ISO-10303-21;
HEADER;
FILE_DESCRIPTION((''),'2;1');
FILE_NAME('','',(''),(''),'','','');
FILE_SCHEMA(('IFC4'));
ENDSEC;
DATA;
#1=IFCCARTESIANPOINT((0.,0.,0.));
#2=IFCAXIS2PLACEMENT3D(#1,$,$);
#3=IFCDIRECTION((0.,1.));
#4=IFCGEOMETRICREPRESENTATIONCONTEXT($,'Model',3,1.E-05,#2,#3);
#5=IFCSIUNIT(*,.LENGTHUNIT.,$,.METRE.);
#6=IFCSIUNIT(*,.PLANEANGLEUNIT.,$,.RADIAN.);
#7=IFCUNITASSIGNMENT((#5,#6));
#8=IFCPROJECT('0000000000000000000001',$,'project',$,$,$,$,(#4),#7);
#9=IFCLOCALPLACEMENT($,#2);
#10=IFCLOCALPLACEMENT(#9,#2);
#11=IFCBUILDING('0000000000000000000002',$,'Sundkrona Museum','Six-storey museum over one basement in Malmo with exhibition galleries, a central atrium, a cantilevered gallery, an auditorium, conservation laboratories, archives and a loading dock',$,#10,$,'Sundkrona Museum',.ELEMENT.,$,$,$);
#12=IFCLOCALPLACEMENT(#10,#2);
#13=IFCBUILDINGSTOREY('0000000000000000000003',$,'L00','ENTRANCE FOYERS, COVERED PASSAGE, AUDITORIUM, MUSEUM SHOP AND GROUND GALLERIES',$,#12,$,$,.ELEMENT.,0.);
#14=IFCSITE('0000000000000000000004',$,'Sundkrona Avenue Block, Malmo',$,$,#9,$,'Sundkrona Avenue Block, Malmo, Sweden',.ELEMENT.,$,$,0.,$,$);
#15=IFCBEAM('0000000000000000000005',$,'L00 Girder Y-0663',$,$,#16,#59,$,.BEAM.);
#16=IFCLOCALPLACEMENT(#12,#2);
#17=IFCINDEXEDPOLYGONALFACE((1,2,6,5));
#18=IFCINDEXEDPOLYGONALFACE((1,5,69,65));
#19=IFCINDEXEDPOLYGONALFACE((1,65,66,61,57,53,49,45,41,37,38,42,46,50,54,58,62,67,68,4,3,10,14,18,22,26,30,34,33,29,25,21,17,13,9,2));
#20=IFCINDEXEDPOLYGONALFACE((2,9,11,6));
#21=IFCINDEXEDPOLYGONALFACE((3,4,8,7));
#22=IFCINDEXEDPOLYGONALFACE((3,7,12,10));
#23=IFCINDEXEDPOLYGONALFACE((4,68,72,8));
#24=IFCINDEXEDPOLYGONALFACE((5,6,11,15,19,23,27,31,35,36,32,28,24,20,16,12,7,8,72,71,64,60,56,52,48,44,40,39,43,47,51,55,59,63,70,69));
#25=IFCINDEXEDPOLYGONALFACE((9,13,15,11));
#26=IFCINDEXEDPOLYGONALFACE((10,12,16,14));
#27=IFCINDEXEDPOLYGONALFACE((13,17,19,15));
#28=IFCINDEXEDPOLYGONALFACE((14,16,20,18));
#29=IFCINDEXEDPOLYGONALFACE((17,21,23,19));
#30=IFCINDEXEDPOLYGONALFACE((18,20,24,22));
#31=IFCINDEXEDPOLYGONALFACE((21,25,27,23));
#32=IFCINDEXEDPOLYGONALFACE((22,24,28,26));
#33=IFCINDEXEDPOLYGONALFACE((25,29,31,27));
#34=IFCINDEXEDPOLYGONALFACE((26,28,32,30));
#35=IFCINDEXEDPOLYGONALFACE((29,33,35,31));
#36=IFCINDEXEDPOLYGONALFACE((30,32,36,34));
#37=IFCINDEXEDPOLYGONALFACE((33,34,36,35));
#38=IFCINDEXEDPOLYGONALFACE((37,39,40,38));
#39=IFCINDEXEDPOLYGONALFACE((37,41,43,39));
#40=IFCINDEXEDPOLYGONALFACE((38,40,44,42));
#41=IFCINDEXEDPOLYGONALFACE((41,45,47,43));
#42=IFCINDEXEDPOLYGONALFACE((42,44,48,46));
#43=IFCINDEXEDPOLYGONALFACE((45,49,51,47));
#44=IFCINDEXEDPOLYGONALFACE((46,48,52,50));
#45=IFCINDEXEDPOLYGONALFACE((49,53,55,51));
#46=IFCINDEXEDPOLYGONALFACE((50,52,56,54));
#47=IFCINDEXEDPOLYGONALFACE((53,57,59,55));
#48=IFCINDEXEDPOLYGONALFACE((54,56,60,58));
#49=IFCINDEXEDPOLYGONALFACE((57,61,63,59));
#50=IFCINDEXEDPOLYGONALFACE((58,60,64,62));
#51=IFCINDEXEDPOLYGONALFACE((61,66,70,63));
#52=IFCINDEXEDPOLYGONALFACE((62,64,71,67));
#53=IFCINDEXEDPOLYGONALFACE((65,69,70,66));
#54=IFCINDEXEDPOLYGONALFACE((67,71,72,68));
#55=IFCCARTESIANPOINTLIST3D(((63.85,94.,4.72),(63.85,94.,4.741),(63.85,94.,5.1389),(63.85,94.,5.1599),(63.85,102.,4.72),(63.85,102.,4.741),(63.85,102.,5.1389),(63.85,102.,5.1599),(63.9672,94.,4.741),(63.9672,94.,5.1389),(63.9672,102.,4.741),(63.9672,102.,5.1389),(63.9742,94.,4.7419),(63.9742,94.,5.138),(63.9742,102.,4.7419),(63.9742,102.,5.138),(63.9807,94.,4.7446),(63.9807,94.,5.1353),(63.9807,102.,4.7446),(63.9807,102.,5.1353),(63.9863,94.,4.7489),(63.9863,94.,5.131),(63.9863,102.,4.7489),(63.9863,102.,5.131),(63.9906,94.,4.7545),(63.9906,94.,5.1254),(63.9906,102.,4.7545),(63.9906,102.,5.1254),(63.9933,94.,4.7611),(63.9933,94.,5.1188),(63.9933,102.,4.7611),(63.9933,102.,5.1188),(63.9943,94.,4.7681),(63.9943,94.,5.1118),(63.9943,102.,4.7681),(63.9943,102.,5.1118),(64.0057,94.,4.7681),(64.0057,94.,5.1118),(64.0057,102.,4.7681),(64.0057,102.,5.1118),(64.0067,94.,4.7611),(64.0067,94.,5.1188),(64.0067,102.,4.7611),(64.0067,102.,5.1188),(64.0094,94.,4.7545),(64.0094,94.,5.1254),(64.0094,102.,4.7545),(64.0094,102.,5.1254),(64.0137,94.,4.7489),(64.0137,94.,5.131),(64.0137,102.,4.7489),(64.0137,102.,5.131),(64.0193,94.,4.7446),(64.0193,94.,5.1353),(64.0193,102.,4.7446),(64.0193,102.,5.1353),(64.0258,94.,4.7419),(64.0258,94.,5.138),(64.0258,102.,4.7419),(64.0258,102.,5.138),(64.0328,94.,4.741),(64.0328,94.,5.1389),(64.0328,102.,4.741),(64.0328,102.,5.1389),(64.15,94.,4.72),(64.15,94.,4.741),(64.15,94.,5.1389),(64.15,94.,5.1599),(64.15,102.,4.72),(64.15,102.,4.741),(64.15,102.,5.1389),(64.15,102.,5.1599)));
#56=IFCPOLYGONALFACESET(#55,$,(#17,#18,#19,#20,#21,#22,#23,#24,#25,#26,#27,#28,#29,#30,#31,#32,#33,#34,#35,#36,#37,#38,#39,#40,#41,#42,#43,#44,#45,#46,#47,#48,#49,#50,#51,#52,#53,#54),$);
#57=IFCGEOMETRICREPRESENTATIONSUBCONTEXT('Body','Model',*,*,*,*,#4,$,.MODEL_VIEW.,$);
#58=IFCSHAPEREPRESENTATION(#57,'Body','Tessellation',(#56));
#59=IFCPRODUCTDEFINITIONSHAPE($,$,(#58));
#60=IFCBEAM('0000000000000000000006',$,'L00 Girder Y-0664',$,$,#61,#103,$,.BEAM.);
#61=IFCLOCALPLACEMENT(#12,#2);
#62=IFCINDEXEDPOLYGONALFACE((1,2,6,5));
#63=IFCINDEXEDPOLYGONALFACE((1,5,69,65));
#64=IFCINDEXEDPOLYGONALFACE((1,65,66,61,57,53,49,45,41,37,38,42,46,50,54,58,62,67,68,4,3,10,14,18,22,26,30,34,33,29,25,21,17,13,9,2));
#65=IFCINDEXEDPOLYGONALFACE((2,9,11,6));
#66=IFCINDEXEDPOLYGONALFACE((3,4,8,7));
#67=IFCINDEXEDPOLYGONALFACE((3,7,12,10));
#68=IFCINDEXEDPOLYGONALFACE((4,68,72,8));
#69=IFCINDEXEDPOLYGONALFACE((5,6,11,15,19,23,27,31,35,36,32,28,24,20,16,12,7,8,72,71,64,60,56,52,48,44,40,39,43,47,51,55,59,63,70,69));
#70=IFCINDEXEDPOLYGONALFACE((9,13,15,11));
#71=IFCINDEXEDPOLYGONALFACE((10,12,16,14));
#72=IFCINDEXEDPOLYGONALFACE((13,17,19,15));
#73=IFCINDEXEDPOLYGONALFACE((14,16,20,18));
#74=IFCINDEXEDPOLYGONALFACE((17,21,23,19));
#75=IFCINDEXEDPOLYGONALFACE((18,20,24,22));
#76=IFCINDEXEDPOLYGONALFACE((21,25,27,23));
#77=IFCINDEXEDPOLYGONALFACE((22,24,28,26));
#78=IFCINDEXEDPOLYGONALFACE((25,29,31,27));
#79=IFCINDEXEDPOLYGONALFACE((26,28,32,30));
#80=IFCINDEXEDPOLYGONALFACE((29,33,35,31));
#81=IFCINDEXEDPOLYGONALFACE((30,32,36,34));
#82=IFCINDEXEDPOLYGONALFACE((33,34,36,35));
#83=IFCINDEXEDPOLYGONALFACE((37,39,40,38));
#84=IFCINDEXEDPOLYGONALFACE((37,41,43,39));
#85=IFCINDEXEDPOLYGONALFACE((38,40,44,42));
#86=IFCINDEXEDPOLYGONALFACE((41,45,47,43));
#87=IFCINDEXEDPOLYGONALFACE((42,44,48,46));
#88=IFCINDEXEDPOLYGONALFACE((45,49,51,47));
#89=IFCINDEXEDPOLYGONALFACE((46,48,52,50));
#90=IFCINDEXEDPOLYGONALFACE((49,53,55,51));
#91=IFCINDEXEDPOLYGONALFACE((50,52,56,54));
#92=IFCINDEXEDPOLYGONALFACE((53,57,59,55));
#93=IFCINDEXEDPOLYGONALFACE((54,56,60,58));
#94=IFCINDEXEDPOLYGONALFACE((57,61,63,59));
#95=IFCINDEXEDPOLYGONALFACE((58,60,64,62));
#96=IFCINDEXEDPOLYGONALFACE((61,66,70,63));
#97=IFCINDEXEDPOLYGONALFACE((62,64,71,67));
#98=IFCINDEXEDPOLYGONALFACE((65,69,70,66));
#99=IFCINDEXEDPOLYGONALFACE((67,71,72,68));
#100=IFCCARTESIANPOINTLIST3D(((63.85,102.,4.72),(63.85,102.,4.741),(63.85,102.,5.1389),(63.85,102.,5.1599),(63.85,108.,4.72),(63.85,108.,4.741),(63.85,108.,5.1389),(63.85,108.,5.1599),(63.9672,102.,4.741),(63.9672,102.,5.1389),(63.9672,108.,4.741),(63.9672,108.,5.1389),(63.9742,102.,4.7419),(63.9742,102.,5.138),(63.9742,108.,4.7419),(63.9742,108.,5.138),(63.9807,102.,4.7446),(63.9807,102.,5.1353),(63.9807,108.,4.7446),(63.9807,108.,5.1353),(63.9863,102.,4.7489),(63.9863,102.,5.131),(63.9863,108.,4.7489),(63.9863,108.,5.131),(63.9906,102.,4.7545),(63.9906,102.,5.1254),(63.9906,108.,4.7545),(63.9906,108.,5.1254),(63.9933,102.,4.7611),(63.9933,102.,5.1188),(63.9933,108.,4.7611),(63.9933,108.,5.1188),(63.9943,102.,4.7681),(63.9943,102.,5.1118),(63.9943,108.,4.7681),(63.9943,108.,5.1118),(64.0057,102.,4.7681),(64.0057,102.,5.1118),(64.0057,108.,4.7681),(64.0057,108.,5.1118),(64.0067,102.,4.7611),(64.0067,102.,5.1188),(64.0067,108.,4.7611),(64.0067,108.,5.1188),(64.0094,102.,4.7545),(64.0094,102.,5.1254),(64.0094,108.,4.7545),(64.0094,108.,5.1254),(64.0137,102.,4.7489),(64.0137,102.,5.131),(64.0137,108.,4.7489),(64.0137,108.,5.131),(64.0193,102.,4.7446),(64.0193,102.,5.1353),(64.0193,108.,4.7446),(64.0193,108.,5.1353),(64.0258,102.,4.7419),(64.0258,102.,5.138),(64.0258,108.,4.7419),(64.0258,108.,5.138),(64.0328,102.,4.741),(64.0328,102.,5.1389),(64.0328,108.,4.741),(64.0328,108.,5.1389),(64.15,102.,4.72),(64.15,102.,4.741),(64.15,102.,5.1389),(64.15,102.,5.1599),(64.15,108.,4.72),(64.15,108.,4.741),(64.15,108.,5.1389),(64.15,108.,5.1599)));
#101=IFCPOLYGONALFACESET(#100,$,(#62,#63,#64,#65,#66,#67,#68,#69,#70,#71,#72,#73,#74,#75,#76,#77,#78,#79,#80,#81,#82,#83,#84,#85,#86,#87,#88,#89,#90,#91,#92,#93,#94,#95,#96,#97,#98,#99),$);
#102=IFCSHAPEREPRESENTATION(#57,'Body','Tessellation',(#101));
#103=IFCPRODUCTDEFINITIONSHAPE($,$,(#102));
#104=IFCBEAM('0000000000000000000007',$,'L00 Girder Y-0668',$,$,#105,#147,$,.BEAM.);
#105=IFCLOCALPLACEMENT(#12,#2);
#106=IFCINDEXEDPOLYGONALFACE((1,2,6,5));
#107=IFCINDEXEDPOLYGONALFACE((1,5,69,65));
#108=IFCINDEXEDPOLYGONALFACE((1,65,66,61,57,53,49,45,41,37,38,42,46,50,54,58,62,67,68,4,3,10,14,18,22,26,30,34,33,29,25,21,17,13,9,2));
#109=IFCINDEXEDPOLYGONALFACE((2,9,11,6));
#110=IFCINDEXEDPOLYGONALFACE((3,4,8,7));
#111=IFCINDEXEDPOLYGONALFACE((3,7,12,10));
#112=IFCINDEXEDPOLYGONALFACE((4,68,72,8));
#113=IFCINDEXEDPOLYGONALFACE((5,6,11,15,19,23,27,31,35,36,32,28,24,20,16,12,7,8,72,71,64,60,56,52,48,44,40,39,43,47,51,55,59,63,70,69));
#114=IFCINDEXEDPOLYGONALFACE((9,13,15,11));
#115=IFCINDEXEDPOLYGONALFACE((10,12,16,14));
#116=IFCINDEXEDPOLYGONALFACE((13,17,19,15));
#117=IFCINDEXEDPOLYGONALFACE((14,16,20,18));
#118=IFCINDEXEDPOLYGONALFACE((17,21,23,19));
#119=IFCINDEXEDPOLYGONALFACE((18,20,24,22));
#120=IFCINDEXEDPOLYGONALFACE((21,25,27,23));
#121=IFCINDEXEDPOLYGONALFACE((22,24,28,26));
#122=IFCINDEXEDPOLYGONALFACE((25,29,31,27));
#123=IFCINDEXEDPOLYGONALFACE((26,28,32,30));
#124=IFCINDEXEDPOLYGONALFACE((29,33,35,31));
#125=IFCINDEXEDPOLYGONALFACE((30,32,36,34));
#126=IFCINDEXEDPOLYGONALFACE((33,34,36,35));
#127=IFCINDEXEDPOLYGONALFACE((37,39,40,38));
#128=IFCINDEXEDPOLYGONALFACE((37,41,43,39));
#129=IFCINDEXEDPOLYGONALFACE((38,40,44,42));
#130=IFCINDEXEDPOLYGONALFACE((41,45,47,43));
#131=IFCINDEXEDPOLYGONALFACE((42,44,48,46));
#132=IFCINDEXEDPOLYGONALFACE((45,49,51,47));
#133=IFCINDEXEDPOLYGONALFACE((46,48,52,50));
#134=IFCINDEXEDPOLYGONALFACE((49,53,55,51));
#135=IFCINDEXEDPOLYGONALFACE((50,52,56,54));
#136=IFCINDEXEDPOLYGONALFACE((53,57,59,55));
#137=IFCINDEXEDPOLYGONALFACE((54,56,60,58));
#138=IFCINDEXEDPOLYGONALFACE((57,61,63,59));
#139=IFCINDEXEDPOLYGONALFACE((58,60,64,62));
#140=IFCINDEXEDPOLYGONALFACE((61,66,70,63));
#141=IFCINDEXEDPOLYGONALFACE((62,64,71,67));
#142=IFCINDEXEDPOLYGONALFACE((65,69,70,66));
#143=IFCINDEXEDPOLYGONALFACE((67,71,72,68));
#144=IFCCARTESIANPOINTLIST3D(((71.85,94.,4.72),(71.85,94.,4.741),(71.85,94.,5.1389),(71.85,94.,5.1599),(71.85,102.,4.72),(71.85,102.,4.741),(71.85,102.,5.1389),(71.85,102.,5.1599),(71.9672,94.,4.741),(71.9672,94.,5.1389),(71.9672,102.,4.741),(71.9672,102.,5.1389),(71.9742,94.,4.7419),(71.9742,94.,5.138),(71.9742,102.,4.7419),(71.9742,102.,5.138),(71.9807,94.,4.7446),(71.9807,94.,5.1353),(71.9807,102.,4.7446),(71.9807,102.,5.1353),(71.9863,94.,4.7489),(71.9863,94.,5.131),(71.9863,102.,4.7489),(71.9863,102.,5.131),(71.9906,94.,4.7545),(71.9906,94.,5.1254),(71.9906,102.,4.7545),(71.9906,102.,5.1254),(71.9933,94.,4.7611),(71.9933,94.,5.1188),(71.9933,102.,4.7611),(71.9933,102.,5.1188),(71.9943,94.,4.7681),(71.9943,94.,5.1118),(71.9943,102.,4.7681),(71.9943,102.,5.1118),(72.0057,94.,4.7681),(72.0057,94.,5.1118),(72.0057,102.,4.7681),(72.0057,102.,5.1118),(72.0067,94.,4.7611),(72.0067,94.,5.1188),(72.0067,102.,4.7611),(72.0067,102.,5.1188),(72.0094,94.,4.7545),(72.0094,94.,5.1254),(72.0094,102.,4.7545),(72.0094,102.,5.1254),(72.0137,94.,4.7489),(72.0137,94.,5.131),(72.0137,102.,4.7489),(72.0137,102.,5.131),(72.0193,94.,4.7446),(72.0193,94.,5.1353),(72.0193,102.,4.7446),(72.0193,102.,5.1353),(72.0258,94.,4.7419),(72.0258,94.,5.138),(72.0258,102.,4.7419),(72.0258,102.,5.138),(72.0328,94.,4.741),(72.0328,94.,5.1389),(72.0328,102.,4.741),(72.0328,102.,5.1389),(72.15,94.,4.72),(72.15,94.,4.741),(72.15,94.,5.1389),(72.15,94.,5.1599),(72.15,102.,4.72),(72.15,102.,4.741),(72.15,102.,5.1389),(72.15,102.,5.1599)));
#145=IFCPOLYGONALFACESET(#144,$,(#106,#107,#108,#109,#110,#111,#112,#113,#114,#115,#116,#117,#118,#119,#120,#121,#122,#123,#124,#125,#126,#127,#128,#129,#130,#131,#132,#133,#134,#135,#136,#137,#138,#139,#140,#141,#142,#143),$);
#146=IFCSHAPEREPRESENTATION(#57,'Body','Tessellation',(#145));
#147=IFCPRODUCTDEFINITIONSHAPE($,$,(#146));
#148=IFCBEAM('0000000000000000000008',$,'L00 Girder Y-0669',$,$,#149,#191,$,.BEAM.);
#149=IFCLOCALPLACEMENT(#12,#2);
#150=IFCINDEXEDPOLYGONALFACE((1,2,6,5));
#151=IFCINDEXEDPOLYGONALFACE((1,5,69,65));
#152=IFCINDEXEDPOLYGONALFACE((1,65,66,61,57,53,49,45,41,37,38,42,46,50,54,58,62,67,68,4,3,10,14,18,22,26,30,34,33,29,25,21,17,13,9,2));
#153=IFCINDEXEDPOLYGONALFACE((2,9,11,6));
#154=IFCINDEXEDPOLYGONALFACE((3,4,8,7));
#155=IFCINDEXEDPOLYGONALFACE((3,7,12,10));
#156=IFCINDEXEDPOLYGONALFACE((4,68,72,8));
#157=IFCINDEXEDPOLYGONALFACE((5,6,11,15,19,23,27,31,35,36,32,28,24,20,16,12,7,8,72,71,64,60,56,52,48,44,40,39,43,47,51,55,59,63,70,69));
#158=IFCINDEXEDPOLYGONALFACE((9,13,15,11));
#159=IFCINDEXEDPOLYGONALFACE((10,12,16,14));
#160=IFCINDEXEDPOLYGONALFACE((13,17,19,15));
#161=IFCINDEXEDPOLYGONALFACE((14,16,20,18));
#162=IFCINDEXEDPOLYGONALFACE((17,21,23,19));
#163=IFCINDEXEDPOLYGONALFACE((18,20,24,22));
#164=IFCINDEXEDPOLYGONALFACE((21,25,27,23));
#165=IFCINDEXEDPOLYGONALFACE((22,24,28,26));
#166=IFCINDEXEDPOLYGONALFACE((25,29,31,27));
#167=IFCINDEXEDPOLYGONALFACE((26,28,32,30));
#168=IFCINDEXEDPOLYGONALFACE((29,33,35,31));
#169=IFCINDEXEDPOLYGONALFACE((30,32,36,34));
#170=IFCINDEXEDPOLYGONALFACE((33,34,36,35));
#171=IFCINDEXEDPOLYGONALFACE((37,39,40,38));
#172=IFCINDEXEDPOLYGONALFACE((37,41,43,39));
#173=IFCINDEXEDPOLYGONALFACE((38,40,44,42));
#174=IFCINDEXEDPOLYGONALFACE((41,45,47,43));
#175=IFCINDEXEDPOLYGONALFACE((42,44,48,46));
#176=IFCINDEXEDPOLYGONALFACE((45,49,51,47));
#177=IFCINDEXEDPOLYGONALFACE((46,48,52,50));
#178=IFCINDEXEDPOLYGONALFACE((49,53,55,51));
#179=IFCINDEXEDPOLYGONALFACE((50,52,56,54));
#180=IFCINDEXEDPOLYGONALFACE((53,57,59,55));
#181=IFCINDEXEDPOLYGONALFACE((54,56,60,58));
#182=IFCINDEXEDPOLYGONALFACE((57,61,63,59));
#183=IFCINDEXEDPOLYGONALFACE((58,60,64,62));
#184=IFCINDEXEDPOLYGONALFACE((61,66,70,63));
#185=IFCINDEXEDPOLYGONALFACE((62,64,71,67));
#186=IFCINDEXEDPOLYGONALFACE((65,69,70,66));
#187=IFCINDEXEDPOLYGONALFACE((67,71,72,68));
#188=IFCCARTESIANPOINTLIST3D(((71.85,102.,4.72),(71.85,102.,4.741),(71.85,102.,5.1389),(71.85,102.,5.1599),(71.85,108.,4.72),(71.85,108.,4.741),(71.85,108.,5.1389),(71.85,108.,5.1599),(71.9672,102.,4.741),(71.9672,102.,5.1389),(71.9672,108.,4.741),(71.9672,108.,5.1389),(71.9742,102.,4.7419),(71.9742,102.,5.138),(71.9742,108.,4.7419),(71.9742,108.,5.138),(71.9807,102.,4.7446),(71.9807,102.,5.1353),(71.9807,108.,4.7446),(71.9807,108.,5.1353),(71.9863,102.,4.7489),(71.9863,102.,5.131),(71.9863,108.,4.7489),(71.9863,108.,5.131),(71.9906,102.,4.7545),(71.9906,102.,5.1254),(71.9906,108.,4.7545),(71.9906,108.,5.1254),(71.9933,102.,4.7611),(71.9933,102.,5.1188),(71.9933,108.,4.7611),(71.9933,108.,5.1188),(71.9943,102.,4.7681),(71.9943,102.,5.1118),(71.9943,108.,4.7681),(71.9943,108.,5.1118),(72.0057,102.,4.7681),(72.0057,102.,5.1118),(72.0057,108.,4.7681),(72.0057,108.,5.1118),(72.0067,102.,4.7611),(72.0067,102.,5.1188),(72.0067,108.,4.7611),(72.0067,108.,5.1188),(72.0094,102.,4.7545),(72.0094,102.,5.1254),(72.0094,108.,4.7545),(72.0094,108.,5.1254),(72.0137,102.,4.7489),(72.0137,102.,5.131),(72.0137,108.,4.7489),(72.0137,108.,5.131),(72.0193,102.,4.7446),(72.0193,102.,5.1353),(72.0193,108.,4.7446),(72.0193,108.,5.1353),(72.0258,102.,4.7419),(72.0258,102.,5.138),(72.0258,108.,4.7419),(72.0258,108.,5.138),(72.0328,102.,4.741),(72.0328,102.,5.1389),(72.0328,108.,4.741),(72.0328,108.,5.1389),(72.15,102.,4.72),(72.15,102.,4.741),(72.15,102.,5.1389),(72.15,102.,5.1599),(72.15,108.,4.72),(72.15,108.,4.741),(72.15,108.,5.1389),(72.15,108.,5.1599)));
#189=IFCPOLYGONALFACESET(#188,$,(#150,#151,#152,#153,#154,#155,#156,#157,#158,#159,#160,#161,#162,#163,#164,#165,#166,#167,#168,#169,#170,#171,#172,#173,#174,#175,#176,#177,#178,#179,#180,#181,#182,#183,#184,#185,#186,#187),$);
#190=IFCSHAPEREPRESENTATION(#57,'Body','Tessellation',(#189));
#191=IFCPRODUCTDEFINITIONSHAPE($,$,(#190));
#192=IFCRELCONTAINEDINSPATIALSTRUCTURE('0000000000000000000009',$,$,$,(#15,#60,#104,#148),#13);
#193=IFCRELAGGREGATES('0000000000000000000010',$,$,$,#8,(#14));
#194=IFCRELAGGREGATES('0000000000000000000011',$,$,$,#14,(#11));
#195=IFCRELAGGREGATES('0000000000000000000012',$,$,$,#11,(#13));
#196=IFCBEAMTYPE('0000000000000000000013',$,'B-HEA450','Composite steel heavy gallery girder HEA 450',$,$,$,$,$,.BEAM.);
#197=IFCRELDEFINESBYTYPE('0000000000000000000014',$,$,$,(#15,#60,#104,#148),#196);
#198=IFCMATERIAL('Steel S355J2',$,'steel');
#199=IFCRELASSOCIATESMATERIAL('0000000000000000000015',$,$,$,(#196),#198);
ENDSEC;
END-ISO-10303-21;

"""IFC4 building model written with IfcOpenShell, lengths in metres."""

from ifc_helpers import new_model, si_unit, direction, frame, origin, origin_2d, place, context, subcontext, project, spatial, i_section, extrude, material, material_profile, profile_set, type_object, element, save


model = new_model("IFC4")

# Units and contexts
model_context = context("Model", 3, precision=1e-05, world=origin(), true_north=direction((0.0, 1.0)))
body_context = subcontext(model_context, "Body", "Model", "MODEL_VIEW")
ifc_project = project(units=[si_unit("LENGTHUNIT", "METRE"), si_unit("PLANEANGLEUNIT", "RADIAN")], contexts=[model_context])

# Site, building, storey
site_placement = place(None, origin())
site = spatial("IfcSite", under=ifc_project, at=site_placement, Name="Sundkrona Avenue Block, Malmo", LongName="Sundkrona Avenue Block, Malmo, Sweden", CompositionType="ELEMENT", RefElevation=0.0)
building_placement = place(site_placement, origin())
building = spatial("IfcBuilding", under=site, at=building_placement, Name="Sundkrona Museum", Description="Six-storey museum over one basement in Malmo with exhibition galleries, a central atrium, a cantilevered gallery, an auditorium, conservation laboratories, archives and a loading dock", LongName="Sundkrona Museum", CompositionType="ELEMENT")
storey_placement = place(building_placement, origin())
storey = spatial("IfcBuildingStorey", under=building, at=storey_placement, Name="L00", Description="ENTRANCE FOYERS, COVERED PASSAGE, AUDITORIUM, MUSEUM SHOP AND GROUND GALLERIES", CompositionType="ELEMENT", Elevation=0.0)

# Shared definitions
ifc_material_1 = material(Name="Steel S355J2", Category="steel")

# Beams
ifc_material_profile_1 = material_profile(ifc_material_1, i_section(OverallWidth=0.3, OverallDepth=0.4399, WebThickness=0.0115, FlangeThickness=0.021, FilletRadius=0.0271, at=origin_2d()), Name="HEA 450")
ifc_profile_set_1 = profile_set([ifc_material_profile_1], Name="Steel S355J2")
beam_type_1 = type_object("IfcBeamType", Name="B-HEA450", Description="Composite steel heavy gallery girder HEA 450", PredefinedType="BEAM", material=ifc_profile_set_1)
for number, where, z_axis, x_axis, name in (
    (1, (64.0, 94.0, 4.9399), (0.0, 1.0, 0.0), (-1.0, 0.0, 0.0), "L00 Girder Y-0663"),
):
    element("IfcBeam", number, at=place(storey_placement, frame(where, z_axis=z_axis, x_axis=x_axis)), inside=storey, type_object=beam_type_1, Name=name, PredefinedType="BEAM", context=body_context, shape_type="SweptSolid", body=[
        extrude(i_section(OverallWidth=0.3, OverallDepth=0.4399, WebThickness=0.0115, FlangeThickness=0.021, FilletRadius=0.0271, at=origin_2d()), origin(), (0.0, 0.0, 1.0), 8.0),
    ])
beam_1_placement = place(storey_placement, frame((64.0, 102.0, 4.9399), z_axis=(0.0, 1.0, 0.0), x_axis=(-1.0, 0.0, 0.0)))
element("IfcBeam", 2, at=beam_1_placement, inside=storey, type_object=beam_type_1, Name="L00 Girder Y-0664", PredefinedType="BEAM", context=body_context, shape_type="SweptSolid", body=[
    extrude(i_section(OverallWidth=0.3, OverallDepth=0.4399, WebThickness=0.0115, FlangeThickness=0.021, FilletRadius=0.0271, at=origin_2d()), origin(), (0.0, 0.0, 1.0), 6.0),
])
beam_2_placement = place(storey_placement, frame((72.0, 94.0, 4.9399), z_axis=(0.0, 1.0, 0.0), x_axis=(-1.0, 0.0, 0.0)))
element("IfcBeam", 3, at=beam_2_placement, inside=storey, type_object=beam_type_1, Name="L00 Girder Y-0668", PredefinedType="BEAM", context=body_context, shape_type="SweptSolid", body=[
    extrude(i_section(OverallWidth=0.3, OverallDepth=0.4399, WebThickness=0.0115, FlangeThickness=0.021, FilletRadius=0.0271, at=origin_2d()), origin(), (0.0, 0.0, 1.0), 8.0),
])
beam_3_placement = place(storey_placement, frame((72.0, 102.0, 4.9399), z_axis=(0.0, 1.0, 0.0), x_axis=(-1.0, 0.0, 0.0)))
element("IfcBeam", 4, at=beam_3_placement, inside=storey, type_object=beam_type_1, Name="L00 Girder Y-0669", PredefinedType="BEAM", context=body_context, shape_type="SweptSolid", body=[
    extrude(i_section(OverallWidth=0.3, OverallDepth=0.4399, WebThickness=0.0115, FlangeThickness=0.021, FilletRadius=0.0271, at=origin_2d()), origin(), (0.0, 0.0, 1.0), 6.0),
])

save(model, "model.ifc")
